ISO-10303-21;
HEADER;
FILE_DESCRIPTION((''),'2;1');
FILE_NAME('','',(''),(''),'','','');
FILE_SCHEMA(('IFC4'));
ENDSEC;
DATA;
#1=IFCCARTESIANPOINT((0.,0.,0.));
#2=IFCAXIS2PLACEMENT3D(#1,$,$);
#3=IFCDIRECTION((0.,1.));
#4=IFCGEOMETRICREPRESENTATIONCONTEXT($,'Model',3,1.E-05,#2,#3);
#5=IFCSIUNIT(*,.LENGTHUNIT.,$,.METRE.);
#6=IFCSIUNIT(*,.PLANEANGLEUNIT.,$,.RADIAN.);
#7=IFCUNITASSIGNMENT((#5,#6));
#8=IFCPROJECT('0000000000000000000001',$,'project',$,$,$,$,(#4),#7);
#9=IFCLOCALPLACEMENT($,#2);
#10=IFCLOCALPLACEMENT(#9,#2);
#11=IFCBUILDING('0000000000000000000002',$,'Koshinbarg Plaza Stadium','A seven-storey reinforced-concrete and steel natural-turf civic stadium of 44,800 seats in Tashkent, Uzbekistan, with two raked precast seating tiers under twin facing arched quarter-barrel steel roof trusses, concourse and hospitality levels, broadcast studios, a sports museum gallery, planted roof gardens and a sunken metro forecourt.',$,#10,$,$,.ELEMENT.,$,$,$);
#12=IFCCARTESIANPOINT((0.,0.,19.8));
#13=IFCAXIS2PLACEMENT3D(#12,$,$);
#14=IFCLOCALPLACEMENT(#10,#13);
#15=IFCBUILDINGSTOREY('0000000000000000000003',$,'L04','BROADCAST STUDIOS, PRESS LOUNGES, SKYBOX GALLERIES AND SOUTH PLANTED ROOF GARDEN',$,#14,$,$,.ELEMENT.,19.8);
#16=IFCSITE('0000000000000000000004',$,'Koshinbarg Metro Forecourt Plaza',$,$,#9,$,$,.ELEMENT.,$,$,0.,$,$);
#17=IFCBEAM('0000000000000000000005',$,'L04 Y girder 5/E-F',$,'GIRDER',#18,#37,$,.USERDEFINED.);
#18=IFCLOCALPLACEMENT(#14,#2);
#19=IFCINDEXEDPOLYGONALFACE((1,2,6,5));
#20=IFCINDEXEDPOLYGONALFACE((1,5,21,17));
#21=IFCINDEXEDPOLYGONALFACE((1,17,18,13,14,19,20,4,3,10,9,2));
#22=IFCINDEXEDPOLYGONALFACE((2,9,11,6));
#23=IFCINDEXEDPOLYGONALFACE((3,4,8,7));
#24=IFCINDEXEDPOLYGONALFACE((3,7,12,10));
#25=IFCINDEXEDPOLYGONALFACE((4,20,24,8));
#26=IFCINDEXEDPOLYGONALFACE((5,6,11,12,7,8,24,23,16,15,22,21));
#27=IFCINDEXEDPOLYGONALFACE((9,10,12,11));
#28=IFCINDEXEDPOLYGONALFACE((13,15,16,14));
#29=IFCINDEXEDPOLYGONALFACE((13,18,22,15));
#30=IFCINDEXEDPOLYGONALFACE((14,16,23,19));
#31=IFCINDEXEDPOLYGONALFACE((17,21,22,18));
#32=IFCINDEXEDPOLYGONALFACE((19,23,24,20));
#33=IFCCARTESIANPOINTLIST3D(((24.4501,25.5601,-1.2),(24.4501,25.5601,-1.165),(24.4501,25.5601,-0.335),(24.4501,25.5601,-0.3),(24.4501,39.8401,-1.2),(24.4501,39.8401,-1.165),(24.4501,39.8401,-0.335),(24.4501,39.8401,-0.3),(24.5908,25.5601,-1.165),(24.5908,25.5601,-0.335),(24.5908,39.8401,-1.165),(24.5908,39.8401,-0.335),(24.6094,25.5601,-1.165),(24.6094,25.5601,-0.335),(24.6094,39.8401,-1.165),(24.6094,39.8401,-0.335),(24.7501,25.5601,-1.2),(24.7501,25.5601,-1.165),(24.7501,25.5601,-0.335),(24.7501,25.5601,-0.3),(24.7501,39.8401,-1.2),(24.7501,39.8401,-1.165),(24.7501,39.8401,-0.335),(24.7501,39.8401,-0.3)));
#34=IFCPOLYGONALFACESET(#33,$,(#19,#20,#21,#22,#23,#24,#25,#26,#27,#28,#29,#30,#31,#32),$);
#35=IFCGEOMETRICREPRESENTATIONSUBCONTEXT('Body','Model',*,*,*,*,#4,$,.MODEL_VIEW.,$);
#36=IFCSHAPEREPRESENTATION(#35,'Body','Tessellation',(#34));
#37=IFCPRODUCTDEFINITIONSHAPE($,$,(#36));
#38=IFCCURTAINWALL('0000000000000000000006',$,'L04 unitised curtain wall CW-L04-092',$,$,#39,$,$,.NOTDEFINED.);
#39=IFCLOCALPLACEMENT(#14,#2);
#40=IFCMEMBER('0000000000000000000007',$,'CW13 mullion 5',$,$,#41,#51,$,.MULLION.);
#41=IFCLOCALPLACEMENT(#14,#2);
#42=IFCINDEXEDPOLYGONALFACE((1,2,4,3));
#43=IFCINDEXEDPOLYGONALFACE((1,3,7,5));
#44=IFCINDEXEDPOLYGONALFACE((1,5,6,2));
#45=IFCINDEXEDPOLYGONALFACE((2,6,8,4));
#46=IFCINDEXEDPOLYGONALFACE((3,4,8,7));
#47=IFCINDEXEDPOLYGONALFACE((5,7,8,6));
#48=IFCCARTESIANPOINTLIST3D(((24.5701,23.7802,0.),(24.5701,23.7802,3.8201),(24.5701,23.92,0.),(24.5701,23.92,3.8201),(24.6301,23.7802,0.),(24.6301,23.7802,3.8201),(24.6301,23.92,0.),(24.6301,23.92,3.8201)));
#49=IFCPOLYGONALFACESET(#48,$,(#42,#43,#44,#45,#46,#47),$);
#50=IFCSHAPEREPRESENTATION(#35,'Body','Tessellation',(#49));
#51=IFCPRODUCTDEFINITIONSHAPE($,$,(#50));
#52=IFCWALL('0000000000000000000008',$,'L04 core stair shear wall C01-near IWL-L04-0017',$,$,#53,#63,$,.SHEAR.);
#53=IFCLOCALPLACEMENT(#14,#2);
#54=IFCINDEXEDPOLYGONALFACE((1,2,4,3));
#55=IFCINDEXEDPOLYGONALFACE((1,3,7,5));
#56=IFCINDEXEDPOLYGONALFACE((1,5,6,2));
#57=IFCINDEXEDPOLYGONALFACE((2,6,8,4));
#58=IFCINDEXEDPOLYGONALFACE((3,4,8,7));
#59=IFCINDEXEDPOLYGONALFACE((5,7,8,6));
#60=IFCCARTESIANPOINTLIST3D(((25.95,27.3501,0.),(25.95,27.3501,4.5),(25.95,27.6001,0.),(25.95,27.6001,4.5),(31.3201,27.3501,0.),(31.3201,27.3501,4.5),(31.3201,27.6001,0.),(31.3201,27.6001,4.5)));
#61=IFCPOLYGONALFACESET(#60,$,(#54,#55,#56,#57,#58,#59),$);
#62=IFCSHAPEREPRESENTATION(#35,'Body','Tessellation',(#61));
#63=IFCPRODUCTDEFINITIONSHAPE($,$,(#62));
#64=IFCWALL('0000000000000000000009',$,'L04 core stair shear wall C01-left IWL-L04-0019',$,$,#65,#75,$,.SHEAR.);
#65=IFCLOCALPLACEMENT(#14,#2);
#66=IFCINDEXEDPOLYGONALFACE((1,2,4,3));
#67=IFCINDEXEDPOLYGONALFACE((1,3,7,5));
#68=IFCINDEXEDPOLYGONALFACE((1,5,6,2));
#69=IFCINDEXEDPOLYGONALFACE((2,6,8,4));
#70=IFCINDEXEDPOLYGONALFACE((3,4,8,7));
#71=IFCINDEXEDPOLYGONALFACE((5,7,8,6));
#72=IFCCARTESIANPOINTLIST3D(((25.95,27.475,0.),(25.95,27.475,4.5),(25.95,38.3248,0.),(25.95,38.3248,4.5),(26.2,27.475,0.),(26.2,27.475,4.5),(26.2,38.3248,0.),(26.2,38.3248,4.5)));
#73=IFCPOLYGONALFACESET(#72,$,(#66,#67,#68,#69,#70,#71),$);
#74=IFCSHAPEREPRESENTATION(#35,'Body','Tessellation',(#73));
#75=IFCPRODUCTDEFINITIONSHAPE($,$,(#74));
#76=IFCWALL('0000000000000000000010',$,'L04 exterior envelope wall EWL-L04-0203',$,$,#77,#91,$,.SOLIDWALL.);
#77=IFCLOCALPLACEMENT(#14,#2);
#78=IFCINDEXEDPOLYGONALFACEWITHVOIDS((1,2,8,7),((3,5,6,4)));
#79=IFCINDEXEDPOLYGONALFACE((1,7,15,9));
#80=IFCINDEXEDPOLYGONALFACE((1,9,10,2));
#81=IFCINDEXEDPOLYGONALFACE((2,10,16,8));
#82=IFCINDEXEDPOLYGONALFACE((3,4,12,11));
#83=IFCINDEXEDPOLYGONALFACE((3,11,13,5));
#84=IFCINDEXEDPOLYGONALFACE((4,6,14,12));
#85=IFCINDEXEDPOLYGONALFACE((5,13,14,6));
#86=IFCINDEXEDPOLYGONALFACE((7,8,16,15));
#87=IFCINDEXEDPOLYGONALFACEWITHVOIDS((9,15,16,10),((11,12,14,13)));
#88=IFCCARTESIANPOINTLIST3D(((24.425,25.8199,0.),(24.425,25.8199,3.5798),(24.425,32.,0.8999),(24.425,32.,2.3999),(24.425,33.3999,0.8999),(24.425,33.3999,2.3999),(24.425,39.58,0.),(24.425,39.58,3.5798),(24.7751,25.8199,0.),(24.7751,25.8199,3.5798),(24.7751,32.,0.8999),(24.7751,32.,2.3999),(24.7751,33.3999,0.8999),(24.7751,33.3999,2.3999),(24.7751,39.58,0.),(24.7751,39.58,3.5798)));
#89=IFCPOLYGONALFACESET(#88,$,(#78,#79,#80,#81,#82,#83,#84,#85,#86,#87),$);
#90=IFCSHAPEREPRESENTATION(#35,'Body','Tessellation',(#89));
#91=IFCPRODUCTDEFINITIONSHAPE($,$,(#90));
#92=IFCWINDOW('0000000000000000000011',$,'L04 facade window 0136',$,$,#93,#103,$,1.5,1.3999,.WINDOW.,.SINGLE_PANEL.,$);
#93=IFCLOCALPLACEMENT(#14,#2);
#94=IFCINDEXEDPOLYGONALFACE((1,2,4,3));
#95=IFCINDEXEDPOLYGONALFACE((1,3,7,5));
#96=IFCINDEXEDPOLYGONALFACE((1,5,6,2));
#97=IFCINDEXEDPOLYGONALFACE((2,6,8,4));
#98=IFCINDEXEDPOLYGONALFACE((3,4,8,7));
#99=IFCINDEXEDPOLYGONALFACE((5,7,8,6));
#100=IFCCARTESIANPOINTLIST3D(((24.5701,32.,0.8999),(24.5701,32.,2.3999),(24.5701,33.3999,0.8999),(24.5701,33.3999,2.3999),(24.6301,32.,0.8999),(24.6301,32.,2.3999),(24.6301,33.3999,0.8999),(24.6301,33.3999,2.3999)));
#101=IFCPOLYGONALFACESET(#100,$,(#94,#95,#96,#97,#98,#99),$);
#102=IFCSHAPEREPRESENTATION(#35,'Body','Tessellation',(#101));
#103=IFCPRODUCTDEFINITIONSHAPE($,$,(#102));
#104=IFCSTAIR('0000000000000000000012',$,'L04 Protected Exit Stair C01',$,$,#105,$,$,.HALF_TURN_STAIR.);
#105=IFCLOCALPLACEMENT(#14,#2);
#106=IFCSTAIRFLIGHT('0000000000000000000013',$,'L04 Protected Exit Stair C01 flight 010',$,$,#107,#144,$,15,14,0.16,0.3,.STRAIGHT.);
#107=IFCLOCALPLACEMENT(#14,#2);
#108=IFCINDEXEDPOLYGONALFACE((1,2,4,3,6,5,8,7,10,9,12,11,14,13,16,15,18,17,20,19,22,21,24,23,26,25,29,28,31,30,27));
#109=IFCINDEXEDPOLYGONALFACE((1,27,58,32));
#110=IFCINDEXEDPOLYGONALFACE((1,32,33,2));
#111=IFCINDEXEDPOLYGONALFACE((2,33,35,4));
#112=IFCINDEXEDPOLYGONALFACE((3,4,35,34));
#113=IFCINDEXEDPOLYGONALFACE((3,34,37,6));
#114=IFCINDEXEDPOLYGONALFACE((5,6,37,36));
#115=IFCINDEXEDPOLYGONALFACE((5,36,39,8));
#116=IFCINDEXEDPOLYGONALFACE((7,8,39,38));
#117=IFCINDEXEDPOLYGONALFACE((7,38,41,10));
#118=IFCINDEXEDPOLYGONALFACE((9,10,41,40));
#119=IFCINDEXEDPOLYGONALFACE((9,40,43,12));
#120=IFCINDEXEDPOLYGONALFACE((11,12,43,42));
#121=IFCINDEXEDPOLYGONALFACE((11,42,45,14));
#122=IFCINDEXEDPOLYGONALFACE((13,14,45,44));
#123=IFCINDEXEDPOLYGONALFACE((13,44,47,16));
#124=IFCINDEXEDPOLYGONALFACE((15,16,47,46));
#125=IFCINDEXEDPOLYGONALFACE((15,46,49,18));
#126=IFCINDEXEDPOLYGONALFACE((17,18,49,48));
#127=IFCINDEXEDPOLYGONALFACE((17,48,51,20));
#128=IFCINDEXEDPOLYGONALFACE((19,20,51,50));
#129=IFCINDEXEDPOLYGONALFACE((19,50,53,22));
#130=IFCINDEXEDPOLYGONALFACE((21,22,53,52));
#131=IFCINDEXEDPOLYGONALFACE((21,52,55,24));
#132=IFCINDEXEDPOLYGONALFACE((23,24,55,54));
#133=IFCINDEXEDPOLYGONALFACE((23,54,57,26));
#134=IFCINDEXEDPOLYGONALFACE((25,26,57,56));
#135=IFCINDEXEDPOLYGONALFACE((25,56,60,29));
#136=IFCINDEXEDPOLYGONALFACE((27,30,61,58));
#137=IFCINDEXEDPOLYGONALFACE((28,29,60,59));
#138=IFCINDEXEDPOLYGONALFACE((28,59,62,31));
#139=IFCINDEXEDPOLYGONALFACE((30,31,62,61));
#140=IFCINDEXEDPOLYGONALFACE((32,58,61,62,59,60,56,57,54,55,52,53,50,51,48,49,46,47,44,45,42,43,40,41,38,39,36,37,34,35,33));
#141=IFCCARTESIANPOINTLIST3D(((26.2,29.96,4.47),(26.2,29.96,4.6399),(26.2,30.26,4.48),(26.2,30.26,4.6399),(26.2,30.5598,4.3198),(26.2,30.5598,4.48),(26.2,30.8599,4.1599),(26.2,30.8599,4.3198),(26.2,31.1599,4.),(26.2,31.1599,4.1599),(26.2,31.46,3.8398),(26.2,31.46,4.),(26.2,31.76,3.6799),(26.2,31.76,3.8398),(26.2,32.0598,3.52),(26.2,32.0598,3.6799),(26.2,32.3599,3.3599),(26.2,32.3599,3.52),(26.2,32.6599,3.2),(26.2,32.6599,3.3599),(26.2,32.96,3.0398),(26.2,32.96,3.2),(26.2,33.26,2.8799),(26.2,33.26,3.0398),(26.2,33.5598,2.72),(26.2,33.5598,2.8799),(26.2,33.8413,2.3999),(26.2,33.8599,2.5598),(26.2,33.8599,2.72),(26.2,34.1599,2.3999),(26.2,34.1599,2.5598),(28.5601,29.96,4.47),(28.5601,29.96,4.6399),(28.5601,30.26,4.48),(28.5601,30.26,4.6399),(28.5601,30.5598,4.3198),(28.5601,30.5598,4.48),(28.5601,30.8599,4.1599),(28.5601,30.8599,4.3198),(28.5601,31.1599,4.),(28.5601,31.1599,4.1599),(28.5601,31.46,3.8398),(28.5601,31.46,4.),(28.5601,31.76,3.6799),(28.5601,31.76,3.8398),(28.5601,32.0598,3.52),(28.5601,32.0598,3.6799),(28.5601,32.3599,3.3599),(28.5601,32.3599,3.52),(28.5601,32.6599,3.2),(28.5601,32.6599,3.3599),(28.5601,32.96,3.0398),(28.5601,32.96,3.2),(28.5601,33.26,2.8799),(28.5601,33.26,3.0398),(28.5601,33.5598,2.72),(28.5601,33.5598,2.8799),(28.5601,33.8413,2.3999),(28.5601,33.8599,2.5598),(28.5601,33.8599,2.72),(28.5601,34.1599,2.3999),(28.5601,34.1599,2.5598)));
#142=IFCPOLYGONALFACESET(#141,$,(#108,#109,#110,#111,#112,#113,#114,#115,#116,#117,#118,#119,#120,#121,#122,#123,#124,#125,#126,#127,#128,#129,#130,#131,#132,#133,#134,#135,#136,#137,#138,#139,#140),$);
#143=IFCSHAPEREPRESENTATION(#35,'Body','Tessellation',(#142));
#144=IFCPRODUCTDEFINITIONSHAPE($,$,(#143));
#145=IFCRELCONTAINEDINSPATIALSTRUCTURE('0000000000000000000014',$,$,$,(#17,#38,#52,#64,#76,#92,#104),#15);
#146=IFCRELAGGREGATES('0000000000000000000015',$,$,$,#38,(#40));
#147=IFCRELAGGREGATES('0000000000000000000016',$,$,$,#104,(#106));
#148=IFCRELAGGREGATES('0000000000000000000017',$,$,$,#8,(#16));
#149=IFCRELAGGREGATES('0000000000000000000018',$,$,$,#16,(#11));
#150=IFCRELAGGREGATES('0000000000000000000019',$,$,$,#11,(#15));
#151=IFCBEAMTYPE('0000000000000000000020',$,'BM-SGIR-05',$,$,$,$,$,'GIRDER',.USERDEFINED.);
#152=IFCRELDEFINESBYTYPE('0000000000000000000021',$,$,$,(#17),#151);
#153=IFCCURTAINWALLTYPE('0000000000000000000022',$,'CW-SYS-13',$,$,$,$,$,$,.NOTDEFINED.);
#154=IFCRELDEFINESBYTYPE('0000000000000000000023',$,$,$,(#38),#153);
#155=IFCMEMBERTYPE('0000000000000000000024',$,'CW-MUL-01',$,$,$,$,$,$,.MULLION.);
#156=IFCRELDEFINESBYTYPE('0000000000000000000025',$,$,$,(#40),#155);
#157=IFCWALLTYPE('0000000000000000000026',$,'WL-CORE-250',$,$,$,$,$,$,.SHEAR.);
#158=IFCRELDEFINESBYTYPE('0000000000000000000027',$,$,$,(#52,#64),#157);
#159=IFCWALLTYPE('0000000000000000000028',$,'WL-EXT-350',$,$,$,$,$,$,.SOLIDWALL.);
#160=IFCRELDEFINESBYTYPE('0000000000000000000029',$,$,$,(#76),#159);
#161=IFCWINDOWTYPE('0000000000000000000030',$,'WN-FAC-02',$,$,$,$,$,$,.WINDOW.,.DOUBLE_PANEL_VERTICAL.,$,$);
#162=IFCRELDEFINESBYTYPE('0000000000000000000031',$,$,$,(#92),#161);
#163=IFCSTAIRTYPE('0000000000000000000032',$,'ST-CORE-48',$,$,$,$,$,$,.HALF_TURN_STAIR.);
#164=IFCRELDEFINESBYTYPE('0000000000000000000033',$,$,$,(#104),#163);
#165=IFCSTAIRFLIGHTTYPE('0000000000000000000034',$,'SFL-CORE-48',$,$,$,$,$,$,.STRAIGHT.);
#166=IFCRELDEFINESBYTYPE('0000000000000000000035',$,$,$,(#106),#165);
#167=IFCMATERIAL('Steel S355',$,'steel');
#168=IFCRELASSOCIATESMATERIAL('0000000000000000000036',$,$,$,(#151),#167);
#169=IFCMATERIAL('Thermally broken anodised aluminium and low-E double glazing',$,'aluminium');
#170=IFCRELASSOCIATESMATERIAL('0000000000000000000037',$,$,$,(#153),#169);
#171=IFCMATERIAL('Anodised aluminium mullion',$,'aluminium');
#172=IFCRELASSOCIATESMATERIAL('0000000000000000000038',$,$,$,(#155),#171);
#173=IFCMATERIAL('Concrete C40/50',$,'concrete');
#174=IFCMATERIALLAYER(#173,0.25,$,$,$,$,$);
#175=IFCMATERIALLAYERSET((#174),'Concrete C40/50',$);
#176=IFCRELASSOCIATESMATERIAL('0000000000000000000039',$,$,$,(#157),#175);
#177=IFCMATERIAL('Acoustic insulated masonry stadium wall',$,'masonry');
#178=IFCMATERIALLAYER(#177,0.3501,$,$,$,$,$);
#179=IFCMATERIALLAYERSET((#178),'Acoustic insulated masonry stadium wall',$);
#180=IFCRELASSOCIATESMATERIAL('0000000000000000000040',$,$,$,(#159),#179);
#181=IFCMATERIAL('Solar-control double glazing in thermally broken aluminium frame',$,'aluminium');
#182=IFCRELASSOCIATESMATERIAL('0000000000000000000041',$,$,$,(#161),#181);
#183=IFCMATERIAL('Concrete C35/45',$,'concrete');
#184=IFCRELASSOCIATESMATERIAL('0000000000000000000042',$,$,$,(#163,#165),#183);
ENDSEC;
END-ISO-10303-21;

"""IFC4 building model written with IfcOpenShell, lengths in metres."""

from ifc_helpers import new_model, si_unit, direction, frame, frame_2d, origin, origin_2d, place, context, subcontext, project, spatial, polyline, rectangle, i_section, outline, extrude, material, layer, layer_set, material_profile, profile_set, type_object, element, fill, aggregate, save


model = new_model("IFC4")

# Units and contexts
model_context = context("Model", 3, precision=1e-05, world=origin(), true_north=direction((0.0, 1.0)))
body_context = subcontext(model_context, "Body", "Model", "MODEL_VIEW")
ifc_project = project(units=[si_unit("LENGTHUNIT", "METRE"), si_unit("PLANEANGLEUNIT", "RADIAN")], contexts=[model_context])

# Site, building, storey
site_placement = place(None, origin())
site = spatial("IfcSite", under=ifc_project, at=site_placement, Name="Koshinbarg Metro Forecourt Plaza", CompositionType="ELEMENT", RefElevation=0.0)
building_placement = place(site_placement, origin())
building = spatial("IfcBuilding", under=site, at=building_placement, Name="Koshinbarg Plaza Stadium", Description="A seven-storey reinforced-concrete and steel natural-turf civic stadium of 44,800 seats in Tashkent, Uzbekistan, with two raked precast seating tiers under twin facing arched quarter-barrel steel roof trusses, concourse and hospitality levels, broadcast studios, a sports museum gallery, planted roof gardens and a sunken metro forecourt.", CompositionType="ELEMENT")
storey_placement = place(building_placement, frame((0.0, 0.0, 19.8)))
storey = spatial("IfcBuildingStorey", under=building, at=storey_placement, Name="L04", Description="BROADCAST STUDIOS, PRESS LOUNGES, SKYBOX GALLERIES AND SOUTH PLANTED ROOF GARDEN", CompositionType="ELEMENT", Elevation=19.8)

# Shared definitions
ifc_material_1 = material(Name="Concrete C40/50", Category="concrete")

# Beam
ifc_material_2 = material(Name="Steel S355", Category="steel")
ifc_material_profile_1 = material_profile(ifc_material_2, i_section(OverallWidth=0.3, OverallDepth=0.8999, WebThickness=0.0186, FlangeThickness=0.0349, at=origin_2d()), Name="HEB 900")
ifc_profile_set_1 = profile_set([ifc_material_profile_1], Name="Steel S355")
beam_type_1 = type_object("IfcBeamType", Name="BM-SGIR-05", ElementType="GIRDER", PredefinedType="USERDEFINED", material=ifc_profile_set_1)
beam_1_placement = place(storey_placement, frame((24.6001, 25.5601, -0.75), z_axis=(0.0, 1.0, 0.0), x_axis=(-1.0, 0.0, 0.0)))
element("IfcBeam", 1, at=beam_1_placement, inside=storey, type_object=beam_type_1, Name="L04 Y girder 5/E-F", ObjectType="GIRDER", PredefinedType="USERDEFINED", context=body_context, shape_type="SweptSolid", body=[
    extrude(i_section(OverallWidth=0.3, OverallDepth=0.8999, WebThickness=0.0186, FlangeThickness=0.0349, at=origin_2d()), origin(), (0.0, 0.0, 1.0), 14.28),
])

# Curtain wall, member
ifc_material_3 = material(Name="Thermally broken anodised aluminium and low-E double glazing", Category="aluminium")
curtain_wall_type = type_object("IfcCurtainWallType", Name="CW-SYS-13", PredefinedType="NOTDEFINED", material=ifc_material_3)
curtain_wall_placement = place(storey_placement, origin())
curtain_wall = element("IfcCurtainWall", 2, at=curtain_wall_placement, inside=storey, type_object=curtain_wall_type, Name="L04 unitised curtain wall CW-L04-092", PredefinedType="NOTDEFINED")
ifc_material_4 = material(Name="Anodised aluminium mullion", Category="aluminium")
ifc_material_profile_2 = material_profile(ifc_material_4, rectangle(XDim=0.0601, YDim=0.1399, at=origin_2d()), Name="ALU 60x140")
ifc_profile_set_2 = profile_set([ifc_material_profile_2], Name="Anodised aluminium mullion")
member_type = type_object("IfcMemberType", Name="CW-MUL-01", PredefinedType="MULLION", material=ifc_profile_set_2)
member_placement = place(storey_placement, frame((24.6001, 23.8501, 0.0), z_axis=(0.0, 0.0, 1.0), x_axis=(-1.0, 0.0, 0.0)))
member = element("IfcMember", 3, at=member_placement, type_object=member_type, Name="CW13 mullion 5", PredefinedType="MULLION", context=body_context, shape_type="SweptSolid", body=[
    extrude(rectangle(XDim=0.0601, YDim=0.1399, at=origin_2d()), origin(), (0.0, 0.0, 1.0), 3.8201),
])
aggregate(curtain_wall, [member])

# Walls
ifc_layer_1 = layer(ifc_material_1, 0.25)
ifc_layer_set_1 = layer_set([ifc_layer_1], Name="Concrete C40/50")
wall_type_1 = type_object("IfcWallType", Name="WL-CORE-250", PredefinedType="SHEAR", material=ifc_layer_set_1)
wall_1_placement = place(storey_placement, frame((25.95, 27.4751, 0.0), z_axis=(0.0, 0.0, 1.0), x_axis=(1.0, 0.0, 0.0)))
element("IfcWall", 4, at=wall_1_placement, inside=storey, type_object=wall_type_1, Name="L04 core stair shear wall C01-near IWL-L04-0017", PredefinedType="SHEAR", context=body_context, shape_type="SweptSolid", body=[
    extrude(rectangle(XDim=5.3701, YDim=0.25, at=frame_2d((2.6851, 0.0))), origin(), (0.0, 0.0, 1.0), 4.5),
])
wall_2_placement = place(storey_placement, frame((26.075, 27.4751, 0.0), z_axis=(0.0, 0.0, 1.0), x_axis=(0.0, 1.0, 0.0)))
element("IfcWall", 5, at=wall_2_placement, inside=storey, type_object=wall_type_1, Name="L04 core stair shear wall C01-left IWL-L04-0019", PredefinedType="SHEAR", context=body_context, shape_type="SweptSolid", body=[
    extrude(rectangle(XDim=10.8499, YDim=0.25, at=frame_2d((5.4248, 0.0))), origin(), (0.0, 0.0, 1.0), 4.5),
])

# Wall, opening, window
ifc_material_5 = material(Name="Acoustic insulated masonry stadium wall", Category="masonry")
ifc_layer_2 = layer(ifc_material_5, 0.3501)
ifc_layer_set_2 = layer_set([ifc_layer_2], Name="Acoustic insulated masonry stadium wall")
wall_type_2 = type_object("IfcWallType", Name="WL-EXT-350", PredefinedType="SOLIDWALL", material=ifc_layer_set_2)
wall_3_placement = place(storey_placement, frame((24.6001, 25.8201, 0.0), z_axis=(0.0, 0.0, 1.0), x_axis=(0.0, 1.0, 0.0)))
wall_3 = element("IfcWall", 6, at=wall_3_placement, inside=storey, type_object=wall_type_2, Name="L04 exterior envelope wall EWL-L04-0203", PredefinedType="SOLIDWALL", context=body_context, shape_type="SweptSolid", body=[
    extrude(rectangle(XDim=13.76, YDim=0.3501, at=frame_2d((6.8799, 0.0))), origin(), (0.0, 0.0, 1.0), 3.5798),
])
opening_placement = place(wall_3_placement, frame((6.1799, 0.0, 0.8999)))
opening = element("IfcOpeningElement", 7, at=opening_placement, cuts=wall_3, PredefinedType="OPENING", context=body_context, shape_type="SweptSolid", body=[
    extrude(rectangle(XDim=1.3999, YDim=1.5, at=frame_2d((0.7, 0.75))), frame((0.0, 0.1851, 0.0), z_axis=(0.0, -1.0, 0.0), x_axis=(1.0, 0.0, 0.0)), (0.0, 0.0, 1.0), 0.3701),
])
ifc_material_6 = material(Name="Solar-control double glazing in thermally broken aluminium frame", Category="aluminium")
window_type = type_object("IfcWindowType", Name="WN-FAC-02", PartitioningType="DOUBLE_PANEL_VERTICAL", PredefinedType="WINDOW", material=ifc_material_6)
window_placement = place(opening_placement, origin())
window = element("IfcWindow", 8, at=window_placement, inside=storey, type_object=window_type, Name="L04 facade window 0136", OverallHeight=1.5, OverallWidth=1.3999, PartitioningType="SINGLE_PANEL", PredefinedType="WINDOW", context=body_context, shape_type="SweptSolid", body=[
    extrude(rectangle(XDim=1.3999, YDim=1.5, at=frame_2d((0.7, 0.75))), frame((0.0, 0.03, 0.0), z_axis=(0.0, -1.0, 0.0), x_axis=(1.0, 0.0, 0.0)), (0.0, 0.0, 1.0), 0.0601),
])
fill(opening, window)

# Stair, stair flight
ifc_material_7 = material(Name="Concrete C35/45", Category="concrete")
stair_type = type_object("IfcStairType", Name="ST-CORE-48", PredefinedType="HALF_TURN_STAIR", material=ifc_material_7)
stair_placement = place(storey_placement, origin())
stair = element("IfcStair", 9, at=stair_placement, inside=storey, type_object=stair_type, Name="L04 Protected Exit Stair C01", PredefinedType="HALF_TURN_STAIR")
stair_flight_type = type_object("IfcStairFlightType", Name="SFL-CORE-48", PredefinedType="STRAIGHT", material=ifc_material_7)
stair_flight_placement = place(storey_placement, frame((27.3799, 34.1599, 2.3999), z_axis=(0.0, 0.0, 1.0), x_axis=(0.0, -1.0, 0.0)))
stair_flight = element("IfcStairFlight", 10, at=stair_flight_placement, type_object=stair_flight_type, Name="L04 Protected Exit Stair C01 flight 010", NumberOfRisers=15, NumberOfTreads=14, PredefinedType="STRAIGHT", RiserHeight=0.16, TreadLength=0.3, context=body_context, shape_type="SweptSolid", body=[
    extrude(outline(polyline([(0.0, 0.0), (0.0, 0.1599), (0.3, 0.1599), (0.3, 0.3201), (0.6001, 0.3201), (0.6001, 0.48), (0.8999, 0.48), (0.8999, 0.6399), (1.2, 0.6399), (1.2, 0.8), (1.5, 0.8), (1.5, 0.96), (1.8, 0.96), (1.8, 1.1201), (2.1001, 1.1201), (2.1001, 1.28), (2.3999, 1.28), (2.3999, 1.4399), (2.7, 1.4399), (2.7, 1.6001), (3.0, 1.6001), (3.0, 1.76), (3.3, 1.76), (3.3, 1.9199), (3.6001, 1.9199), (3.6001, 2.0801), (3.8999, 2.0801), (3.8999, 2.24), (4.2, 2.24), (4.2, 2.3999), (4.2, 2.0701), (0.3186, 0.0), (0.0, 0.0)])), frame((0.0, 1.1802, 0.0), z_axis=(0.0, -1.0, 0.0), x_axis=(1.0, 0.0, 0.0)), (0.0, 0.0, 1.0), 2.3601),
])
aggregate(stair, [stair_flight])

save(model, "model.ifc")
